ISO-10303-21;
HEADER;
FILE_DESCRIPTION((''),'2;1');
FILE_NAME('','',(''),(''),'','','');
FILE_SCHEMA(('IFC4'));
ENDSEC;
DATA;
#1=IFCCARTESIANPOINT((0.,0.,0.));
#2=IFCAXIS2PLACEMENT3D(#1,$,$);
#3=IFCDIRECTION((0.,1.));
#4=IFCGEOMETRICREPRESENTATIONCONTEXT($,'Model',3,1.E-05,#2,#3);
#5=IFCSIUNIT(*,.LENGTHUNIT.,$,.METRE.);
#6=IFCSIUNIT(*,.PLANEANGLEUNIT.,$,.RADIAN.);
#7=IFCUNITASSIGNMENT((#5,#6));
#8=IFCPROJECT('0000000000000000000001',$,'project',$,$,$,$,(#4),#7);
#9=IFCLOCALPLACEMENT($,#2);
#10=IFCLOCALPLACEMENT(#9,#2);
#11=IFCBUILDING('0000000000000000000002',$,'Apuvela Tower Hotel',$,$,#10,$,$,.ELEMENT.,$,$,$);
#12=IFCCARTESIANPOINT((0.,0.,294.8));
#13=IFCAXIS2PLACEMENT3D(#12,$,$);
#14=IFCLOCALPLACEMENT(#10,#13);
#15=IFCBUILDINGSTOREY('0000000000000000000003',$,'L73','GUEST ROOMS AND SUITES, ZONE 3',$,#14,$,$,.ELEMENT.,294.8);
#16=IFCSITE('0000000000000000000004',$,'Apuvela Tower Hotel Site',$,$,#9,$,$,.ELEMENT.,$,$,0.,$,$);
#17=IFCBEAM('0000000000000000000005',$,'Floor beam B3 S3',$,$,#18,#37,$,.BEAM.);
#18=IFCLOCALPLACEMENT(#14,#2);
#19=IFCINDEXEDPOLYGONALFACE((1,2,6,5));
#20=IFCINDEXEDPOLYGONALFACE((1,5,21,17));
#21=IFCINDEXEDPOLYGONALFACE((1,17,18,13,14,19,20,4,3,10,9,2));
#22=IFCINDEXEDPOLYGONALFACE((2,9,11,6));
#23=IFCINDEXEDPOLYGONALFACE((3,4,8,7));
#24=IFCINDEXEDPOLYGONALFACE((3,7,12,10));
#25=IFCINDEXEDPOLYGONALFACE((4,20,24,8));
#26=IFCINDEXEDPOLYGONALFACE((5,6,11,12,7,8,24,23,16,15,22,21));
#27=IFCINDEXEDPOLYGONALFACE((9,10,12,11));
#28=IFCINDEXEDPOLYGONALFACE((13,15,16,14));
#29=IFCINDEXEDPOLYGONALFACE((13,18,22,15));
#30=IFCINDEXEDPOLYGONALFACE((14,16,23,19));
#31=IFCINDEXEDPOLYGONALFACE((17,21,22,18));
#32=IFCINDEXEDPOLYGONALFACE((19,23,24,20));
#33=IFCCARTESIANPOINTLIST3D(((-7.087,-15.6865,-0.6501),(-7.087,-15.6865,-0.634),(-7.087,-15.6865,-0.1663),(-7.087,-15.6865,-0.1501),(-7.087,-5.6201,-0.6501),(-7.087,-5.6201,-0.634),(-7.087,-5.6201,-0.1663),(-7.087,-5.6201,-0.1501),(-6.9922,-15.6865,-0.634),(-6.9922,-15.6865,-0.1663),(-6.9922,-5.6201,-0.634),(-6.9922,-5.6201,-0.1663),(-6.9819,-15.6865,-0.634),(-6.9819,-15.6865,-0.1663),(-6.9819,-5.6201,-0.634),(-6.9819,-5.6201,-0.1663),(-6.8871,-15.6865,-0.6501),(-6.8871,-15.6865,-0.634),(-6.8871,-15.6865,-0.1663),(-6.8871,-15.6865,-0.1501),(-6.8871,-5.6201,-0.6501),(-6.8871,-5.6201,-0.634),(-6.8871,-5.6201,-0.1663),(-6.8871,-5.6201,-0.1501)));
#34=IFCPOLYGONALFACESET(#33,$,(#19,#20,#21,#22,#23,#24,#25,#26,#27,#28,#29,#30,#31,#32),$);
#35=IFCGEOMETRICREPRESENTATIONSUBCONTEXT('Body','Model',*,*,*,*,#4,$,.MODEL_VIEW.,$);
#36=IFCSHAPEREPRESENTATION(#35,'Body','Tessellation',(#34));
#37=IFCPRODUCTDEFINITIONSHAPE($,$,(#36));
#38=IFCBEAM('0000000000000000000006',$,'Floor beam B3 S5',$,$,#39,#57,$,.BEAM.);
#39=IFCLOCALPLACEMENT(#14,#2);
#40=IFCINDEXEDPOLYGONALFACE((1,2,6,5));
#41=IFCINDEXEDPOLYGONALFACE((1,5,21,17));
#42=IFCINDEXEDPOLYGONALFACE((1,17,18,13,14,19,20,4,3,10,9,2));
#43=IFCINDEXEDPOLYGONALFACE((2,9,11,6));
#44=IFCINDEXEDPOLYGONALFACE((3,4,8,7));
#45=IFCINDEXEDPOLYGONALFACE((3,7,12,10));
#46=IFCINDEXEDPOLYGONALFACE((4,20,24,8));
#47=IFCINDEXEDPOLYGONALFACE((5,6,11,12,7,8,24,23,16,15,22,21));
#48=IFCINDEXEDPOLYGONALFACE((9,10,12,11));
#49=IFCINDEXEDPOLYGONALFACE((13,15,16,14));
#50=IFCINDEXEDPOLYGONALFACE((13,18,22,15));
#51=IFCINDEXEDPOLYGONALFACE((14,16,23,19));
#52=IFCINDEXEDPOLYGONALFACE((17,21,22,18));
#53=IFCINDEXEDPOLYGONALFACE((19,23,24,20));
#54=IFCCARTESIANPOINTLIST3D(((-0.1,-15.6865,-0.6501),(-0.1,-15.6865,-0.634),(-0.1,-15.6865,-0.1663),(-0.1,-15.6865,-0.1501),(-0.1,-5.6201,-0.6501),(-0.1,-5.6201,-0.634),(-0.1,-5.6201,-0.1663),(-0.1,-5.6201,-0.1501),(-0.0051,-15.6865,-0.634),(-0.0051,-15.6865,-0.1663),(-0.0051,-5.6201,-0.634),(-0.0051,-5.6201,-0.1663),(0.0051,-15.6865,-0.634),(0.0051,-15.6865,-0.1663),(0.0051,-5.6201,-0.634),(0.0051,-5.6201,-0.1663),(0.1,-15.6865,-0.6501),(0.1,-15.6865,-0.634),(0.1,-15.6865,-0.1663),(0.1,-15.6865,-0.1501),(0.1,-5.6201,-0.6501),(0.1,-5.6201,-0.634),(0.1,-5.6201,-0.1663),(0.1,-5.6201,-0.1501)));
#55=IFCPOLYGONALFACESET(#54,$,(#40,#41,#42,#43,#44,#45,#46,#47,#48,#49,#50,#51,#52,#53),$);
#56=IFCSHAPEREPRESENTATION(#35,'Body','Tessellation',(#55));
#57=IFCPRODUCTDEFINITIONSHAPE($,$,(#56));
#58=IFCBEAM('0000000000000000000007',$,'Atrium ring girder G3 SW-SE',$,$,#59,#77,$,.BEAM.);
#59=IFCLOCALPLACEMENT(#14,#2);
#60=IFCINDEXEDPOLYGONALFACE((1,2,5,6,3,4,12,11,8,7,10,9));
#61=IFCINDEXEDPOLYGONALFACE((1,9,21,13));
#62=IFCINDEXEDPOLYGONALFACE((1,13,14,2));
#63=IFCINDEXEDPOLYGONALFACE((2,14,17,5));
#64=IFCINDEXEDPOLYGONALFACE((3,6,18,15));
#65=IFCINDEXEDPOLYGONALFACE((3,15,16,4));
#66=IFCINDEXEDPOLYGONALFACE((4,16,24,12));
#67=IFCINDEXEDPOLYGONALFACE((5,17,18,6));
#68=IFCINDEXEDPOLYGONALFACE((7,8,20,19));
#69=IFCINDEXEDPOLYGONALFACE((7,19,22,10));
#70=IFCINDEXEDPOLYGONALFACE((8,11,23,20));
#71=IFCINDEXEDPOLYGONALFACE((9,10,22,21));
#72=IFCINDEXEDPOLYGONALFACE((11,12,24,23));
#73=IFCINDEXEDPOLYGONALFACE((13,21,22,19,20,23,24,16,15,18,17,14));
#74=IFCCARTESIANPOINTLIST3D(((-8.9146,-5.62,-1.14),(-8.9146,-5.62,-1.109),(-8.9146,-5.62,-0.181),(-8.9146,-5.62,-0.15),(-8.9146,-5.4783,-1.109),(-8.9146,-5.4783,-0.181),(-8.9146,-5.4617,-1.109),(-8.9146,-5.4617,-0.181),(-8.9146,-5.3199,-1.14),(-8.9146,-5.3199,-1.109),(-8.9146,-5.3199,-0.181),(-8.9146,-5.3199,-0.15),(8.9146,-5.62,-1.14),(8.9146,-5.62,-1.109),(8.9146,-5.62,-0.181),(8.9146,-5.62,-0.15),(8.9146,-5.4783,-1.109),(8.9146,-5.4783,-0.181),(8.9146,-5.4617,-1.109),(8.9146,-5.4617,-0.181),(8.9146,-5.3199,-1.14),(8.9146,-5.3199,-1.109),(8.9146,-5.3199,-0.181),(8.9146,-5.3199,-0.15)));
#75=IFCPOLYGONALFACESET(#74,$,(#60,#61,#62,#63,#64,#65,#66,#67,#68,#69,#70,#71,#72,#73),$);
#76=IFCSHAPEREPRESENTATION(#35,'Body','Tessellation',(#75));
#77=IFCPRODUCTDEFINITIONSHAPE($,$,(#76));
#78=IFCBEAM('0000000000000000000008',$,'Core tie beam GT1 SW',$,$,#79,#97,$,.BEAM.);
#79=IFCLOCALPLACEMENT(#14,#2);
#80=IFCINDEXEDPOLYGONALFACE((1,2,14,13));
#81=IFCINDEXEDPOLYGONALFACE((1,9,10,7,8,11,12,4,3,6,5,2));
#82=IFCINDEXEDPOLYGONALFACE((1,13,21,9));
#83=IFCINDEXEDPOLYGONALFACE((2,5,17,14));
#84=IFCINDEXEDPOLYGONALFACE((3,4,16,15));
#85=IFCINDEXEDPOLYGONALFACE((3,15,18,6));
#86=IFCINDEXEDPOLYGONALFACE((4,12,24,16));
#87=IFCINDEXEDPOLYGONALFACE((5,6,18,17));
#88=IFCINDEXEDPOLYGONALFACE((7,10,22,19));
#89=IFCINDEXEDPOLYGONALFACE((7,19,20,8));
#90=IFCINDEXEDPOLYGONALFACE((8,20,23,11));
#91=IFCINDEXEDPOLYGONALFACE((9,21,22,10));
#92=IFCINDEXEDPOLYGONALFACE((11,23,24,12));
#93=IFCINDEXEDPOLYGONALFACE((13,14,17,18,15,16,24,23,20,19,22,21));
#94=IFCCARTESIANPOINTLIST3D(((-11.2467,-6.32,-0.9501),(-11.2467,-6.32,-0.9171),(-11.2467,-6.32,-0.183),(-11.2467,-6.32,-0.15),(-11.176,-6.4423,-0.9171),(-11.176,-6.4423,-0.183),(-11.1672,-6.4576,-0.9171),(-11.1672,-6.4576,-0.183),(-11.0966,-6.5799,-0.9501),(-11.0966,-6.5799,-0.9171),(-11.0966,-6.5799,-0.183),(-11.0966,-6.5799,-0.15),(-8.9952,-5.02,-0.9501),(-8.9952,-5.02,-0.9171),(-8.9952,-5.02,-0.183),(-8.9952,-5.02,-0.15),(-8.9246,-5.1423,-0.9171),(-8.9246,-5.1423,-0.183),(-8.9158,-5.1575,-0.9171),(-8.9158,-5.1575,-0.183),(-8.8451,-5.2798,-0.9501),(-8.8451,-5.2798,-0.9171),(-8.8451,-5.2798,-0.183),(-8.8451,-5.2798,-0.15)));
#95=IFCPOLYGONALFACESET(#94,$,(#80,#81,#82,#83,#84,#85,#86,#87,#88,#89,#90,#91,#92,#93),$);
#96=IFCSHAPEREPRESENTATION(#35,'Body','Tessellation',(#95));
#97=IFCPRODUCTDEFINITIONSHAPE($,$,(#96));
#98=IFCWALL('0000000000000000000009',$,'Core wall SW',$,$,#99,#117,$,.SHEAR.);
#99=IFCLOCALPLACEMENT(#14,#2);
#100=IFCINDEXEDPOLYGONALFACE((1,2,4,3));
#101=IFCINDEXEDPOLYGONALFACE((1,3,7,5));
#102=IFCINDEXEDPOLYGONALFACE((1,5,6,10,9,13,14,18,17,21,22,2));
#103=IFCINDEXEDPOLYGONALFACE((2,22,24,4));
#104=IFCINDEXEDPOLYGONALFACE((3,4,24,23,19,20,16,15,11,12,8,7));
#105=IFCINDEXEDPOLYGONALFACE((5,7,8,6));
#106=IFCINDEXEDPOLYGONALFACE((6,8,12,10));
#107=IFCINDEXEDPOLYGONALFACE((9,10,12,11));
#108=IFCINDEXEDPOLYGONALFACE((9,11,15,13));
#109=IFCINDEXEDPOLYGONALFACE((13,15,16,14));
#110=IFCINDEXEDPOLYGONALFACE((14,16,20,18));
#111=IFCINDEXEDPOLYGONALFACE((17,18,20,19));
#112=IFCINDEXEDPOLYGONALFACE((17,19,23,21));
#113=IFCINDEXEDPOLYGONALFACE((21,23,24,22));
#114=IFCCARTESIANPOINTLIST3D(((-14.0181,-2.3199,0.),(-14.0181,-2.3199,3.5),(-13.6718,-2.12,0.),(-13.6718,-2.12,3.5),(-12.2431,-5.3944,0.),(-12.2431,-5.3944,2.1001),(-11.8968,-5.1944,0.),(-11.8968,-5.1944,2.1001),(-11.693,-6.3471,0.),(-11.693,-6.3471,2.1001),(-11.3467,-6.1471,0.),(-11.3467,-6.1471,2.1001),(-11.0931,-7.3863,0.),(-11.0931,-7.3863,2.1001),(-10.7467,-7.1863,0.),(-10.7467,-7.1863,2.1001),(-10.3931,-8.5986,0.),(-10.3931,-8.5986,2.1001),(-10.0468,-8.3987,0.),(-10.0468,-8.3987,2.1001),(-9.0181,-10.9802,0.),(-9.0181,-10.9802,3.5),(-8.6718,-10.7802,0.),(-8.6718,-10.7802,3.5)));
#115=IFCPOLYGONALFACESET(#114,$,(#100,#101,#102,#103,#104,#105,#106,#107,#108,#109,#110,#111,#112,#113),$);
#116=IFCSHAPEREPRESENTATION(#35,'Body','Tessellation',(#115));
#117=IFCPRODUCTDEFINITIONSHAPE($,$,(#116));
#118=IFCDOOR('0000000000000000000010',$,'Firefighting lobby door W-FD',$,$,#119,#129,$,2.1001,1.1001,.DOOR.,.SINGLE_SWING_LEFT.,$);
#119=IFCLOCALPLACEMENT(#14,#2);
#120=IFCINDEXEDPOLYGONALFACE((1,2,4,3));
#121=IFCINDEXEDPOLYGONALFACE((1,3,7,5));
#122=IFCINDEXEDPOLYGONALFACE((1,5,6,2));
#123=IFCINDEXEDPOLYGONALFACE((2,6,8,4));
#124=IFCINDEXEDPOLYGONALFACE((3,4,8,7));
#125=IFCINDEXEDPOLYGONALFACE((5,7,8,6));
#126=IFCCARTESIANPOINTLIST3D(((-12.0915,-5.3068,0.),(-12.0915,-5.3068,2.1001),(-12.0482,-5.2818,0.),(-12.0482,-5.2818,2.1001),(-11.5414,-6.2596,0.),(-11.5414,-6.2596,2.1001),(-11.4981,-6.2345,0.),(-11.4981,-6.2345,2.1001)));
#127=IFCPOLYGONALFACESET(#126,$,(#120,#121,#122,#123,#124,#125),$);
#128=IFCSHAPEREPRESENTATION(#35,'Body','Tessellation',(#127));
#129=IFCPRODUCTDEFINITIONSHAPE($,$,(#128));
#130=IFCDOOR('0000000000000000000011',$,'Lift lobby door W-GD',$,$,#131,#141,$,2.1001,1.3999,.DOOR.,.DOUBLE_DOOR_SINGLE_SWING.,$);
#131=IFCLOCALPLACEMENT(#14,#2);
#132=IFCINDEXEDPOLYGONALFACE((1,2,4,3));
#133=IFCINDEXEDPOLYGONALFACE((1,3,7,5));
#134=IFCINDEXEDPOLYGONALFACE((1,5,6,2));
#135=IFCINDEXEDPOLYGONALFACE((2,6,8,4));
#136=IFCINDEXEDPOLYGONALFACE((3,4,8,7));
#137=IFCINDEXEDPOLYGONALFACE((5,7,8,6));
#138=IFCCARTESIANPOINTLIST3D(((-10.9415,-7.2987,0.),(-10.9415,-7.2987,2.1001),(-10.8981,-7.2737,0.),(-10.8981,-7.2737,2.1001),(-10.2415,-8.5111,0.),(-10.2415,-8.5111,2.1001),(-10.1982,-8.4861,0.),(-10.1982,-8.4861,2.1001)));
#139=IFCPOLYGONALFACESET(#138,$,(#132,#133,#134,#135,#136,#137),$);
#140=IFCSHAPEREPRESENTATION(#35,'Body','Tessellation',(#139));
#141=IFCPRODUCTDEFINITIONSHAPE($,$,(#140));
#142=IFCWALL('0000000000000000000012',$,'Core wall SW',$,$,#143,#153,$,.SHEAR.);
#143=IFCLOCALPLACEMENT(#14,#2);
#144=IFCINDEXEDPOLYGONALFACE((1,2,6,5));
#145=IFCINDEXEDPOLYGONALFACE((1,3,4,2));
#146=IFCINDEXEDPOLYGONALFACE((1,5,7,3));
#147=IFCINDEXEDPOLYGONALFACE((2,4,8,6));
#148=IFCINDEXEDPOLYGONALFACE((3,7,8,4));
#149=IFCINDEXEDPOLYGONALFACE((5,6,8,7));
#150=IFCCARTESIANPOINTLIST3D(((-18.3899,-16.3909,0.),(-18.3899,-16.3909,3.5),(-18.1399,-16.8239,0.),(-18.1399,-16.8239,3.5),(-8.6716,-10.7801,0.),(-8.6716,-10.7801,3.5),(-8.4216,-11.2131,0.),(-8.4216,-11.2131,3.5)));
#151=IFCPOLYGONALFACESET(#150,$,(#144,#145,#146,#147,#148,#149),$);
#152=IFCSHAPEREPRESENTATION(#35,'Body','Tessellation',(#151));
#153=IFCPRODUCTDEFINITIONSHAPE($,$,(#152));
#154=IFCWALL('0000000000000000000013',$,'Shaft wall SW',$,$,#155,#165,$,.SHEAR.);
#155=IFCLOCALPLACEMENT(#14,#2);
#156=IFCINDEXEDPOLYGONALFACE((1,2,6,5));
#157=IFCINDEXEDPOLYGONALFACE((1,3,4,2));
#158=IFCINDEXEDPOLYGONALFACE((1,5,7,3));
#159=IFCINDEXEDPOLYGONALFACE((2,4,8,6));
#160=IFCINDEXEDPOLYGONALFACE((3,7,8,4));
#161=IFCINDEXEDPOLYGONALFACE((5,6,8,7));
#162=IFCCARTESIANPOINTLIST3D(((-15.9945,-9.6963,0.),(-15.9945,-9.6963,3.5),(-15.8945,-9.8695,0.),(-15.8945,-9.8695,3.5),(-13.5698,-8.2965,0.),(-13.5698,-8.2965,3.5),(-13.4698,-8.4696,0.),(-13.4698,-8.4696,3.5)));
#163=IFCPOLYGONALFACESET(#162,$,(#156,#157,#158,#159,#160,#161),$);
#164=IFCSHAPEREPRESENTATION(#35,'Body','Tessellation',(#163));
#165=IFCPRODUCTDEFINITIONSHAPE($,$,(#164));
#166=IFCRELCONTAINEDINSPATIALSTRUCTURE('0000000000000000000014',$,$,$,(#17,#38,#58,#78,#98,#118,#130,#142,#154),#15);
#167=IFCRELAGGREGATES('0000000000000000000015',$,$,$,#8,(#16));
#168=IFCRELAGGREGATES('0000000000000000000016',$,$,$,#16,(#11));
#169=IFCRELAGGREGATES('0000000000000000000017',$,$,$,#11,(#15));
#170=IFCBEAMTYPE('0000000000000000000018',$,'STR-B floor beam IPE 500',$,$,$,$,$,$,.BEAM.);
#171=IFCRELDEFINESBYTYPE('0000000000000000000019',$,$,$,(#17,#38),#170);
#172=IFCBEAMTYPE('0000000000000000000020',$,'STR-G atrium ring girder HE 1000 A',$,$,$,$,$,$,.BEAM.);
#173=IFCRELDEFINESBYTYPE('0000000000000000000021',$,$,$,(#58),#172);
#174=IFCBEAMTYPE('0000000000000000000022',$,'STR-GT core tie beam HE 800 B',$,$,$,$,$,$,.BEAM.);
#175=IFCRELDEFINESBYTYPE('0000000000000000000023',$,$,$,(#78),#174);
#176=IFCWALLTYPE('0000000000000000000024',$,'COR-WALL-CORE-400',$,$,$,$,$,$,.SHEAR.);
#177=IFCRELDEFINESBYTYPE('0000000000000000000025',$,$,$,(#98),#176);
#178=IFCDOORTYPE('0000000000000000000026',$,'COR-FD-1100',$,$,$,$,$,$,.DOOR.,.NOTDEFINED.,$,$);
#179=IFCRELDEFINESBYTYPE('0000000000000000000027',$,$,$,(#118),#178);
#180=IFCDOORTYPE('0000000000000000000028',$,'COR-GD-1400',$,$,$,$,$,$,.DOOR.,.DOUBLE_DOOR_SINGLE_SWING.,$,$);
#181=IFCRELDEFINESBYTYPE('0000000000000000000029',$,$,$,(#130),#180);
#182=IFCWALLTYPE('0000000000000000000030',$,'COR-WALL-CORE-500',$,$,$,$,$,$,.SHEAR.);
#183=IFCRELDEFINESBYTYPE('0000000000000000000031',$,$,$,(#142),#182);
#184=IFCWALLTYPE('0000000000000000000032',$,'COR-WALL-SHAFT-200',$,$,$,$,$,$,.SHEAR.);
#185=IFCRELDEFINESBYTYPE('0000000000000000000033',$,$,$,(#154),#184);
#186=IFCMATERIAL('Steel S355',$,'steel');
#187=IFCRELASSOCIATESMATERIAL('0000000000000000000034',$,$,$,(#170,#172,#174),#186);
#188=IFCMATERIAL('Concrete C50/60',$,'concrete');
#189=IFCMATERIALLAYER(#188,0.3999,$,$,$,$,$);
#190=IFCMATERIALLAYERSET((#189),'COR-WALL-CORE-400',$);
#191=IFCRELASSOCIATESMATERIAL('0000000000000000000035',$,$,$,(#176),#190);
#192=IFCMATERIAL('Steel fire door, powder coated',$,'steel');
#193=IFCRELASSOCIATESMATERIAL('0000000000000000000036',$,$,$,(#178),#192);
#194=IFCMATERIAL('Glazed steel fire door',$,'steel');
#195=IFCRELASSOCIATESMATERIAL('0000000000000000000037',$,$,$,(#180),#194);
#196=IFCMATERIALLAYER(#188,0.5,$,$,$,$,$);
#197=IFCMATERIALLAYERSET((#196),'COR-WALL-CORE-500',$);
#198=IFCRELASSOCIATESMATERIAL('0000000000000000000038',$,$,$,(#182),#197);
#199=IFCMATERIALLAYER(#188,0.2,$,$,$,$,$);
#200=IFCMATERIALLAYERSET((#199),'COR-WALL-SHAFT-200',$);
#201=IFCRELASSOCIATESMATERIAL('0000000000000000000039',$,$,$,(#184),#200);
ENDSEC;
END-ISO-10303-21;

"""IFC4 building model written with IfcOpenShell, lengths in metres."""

from ifc_helpers import new_model, si_unit, direction, frame, frame_2d, origin, origin_2d, place, context, subcontext, project, spatial, rectangle, i_section, extrude, material, layer, layer_set, material_profile, profile_set, type_object, element, fill, save


model = new_model("IFC4")

# Units and contexts
model_context = context("Model", 3, precision=1e-05, world=origin(), true_north=direction((0.0, 1.0)))
body_context = subcontext(model_context, "Body", "Model", "MODEL_VIEW")
ifc_project = project(units=[si_unit("LENGTHUNIT", "METRE"), si_unit("PLANEANGLEUNIT", "RADIAN")], contexts=[model_context])

# Site, building, storey
site_placement = place(None, origin())
site = spatial("IfcSite", under=ifc_project, at=site_placement, Name="Apuvela Tower Hotel Site", CompositionType="ELEMENT", RefElevation=0.0)
building_placement = place(site_placement, origin())
building = spatial("IfcBuilding", under=site, at=building_placement, Name="Apuvela Tower Hotel", CompositionType="ELEMENT")
storey_placement = place(building_placement, frame((0.0, 0.0, 294.8)))
storey = spatial("IfcBuildingStorey", under=building, at=storey_placement, Name="L73", Description="GUEST ROOMS AND SUITES, ZONE 3", CompositionType="ELEMENT", Elevation=294.8)

# Beams
ifc_material_1 = material(Name="Steel S355", Category="steel")
ifc_material_profile_1 = material_profile(ifc_material_1, i_section(OverallWidth=0.2, OverallDepth=0.5, WebThickness=0.0103, FlangeThickness=0.0161, at=origin_2d()), Name="IPE 500")
ifc_profile_set_1 = profile_set([ifc_material_profile_1], Name="Steel S355")
beam_type_1 = type_object("IfcBeamType", Name="STR-B floor beam IPE 500", PredefinedType="BEAM", material=ifc_profile_set_1)
for number, where, z_axis, x_axis, name in (
    (1, (-6.9871, -15.6865, -0.4001), (0.0, 1.0, 0.0), (-1.0, 0.0, 0.0), "Floor beam B3 S3"),
    (2, (0.0, -15.6865, -0.4001), (0.0, 1.0, 0.0), (-1.0, 0.0, 0.0), "Floor beam B3 S5"),
):
    element("IfcBeam", number, at=place(storey_placement, frame(where, z_axis=z_axis, x_axis=x_axis)), inside=storey, type_object=beam_type_1, Name=name, PredefinedType="BEAM", context=body_context, shape_type="SweptSolid", body=[
        extrude(i_section(OverallWidth=0.2, OverallDepth=0.5, WebThickness=0.0103, FlangeThickness=0.0161, at=origin_2d()), origin(), (0.0, 0.0, 1.0), 10.0664),
    ])
ifc_material_profile_2 = material_profile(ifc_material_1, i_section(OverallWidth=0.3, OverallDepth=0.99, WebThickness=0.0166, FlangeThickness=0.031, at=origin_2d()), Name="HE 1000 A")
ifc_profile_set_2 = profile_set([ifc_material_profile_2], Name="Steel S355")
beam_type_2 = type_object("IfcBeamType", Name="STR-G atrium ring girder HE 1000 A", PredefinedType="BEAM", material=ifc_profile_set_2)
beam_1_placement = place(storey_placement, frame((-8.9146, -5.47, -0.645), z_axis=(1.0, 0.0, 0.0), x_axis=(0.0, 1.0, 0.0)))
element("IfcBeam", 3, at=beam_1_placement, inside=storey, type_object=beam_type_2, Name="Atrium ring girder G3 SW-SE", PredefinedType="BEAM", context=body_context, shape_type="SweptSolid", body=[
    extrude(i_section(OverallWidth=0.3, OverallDepth=0.99, WebThickness=0.0166, FlangeThickness=0.031, at=origin_2d()), origin(), (0.0, 0.0, 1.0), 17.8291),
])
ifc_material_profile_3 = material_profile(ifc_material_1, i_section(OverallWidth=0.3, OverallDepth=0.8, WebThickness=0.0176, FlangeThickness=0.033, at=origin_2d()), Name="HE 800 B")
ifc_profile_set_3 = profile_set([ifc_material_profile_3], Name="Steel S355")
beam_type_3 = type_object("IfcBeamType", Name="STR-GT core tie beam HE 800 B", PredefinedType="BEAM", material=ifc_profile_set_3)
beam_2_placement = place(storey_placement, frame((-11.1716, -6.45, -0.55), z_axis=(0.865998, 0.500048, 0.0), x_axis=(-0.500048, 0.865998, 0.0)))
element("IfcBeam", 4, at=beam_2_placement, inside=storey, type_object=beam_type_3, Name="Core tie beam GT1 SW", PredefinedType="BEAM", context=body_context, shape_type="SweptSolid", body=[
    extrude(i_section(OverallWidth=0.3, OverallDepth=0.8, WebThickness=0.0176, FlangeThickness=0.033, at=origin_2d()), origin(), (0.0, 0.0, 1.0), 2.5999),
])

# Wall, openings, doors
ifc_material_2 = material(Name="Concrete C50/60", Category="concrete")
ifc_layer_1 = layer(ifc_material_2, 0.3999)
ifc_layer_set_1 = layer_set([ifc_layer_1], Name="COR-WALL-CORE-400")
wall_type_1 = type_object("IfcWallType", Name="COR-WALL-CORE-400", PredefinedType="SHEAR", material=ifc_layer_set_1)
wall_1_placement = place(storey_placement, frame((-13.845, -2.22, 0.0), z_axis=(0.0, 0.0, 1.0), x_axis=(0.500004, -0.866023, 0.0)))
wall_1 = element("IfcWall", 5, at=wall_1_placement, inside=storey, type_object=wall_type_1, Name="Core wall SW", PredefinedType="SHEAR", context=body_context, shape_type="SweptSolid", body=[
    extrude(rectangle(XDim=10.0, YDim=0.3999, at=frame_2d((5.0, 0.0))), origin(), (0.0, 0.0, 1.0), 3.5),
])
opening_1_placement = place(wall_1_placement, frame((3.55, 0.0, 0.0)))
opening_1 = element("IfcOpeningElement", 6, at=opening_1_placement, cuts=wall_1, PredefinedType="OPENING", context=body_context, shape_type="SweptSolid", body=[
    extrude(rectangle(XDim=1.1001, YDim=2.1001, at=frame_2d((0.55, 1.05))), frame((0.0, 0.21, 0.0), z_axis=(0.0, -1.0, 0.0), x_axis=(1.0, 0.0, 0.0)), (0.0, 0.0, 1.0), 0.4199),
])
opening_2_placement = place(wall_1_placement, frame((5.8501, 0.0, 0.0)))
opening_2 = element("IfcOpeningElement", 7, at=opening_2_placement, cuts=wall_1, PredefinedType="OPENING", context=body_context, shape_type="SweptSolid", body=[
    extrude(rectangle(XDim=1.3999, YDim=2.1001, at=frame_2d((0.7, 1.05))), frame((0.0, 0.21, 0.0), z_axis=(0.0, -1.0, 0.0), x_axis=(1.0, 0.0, 0.0)), (0.0, 0.0, 1.0), 0.4199),
])
ifc_material_3 = material(Name="Steel fire door, powder coated", Category="steel")
door_type_1 = type_object("IfcDoorType", Name="COR-FD-1100", OperationType="NOTDEFINED", PredefinedType="DOOR", material=ifc_material_3)
door_1_placement = place(opening_1_placement, frame((1.1001, 0.0, 0.0), z_axis=(0.0, 0.0, 1.0), x_axis=(-1.0, 0.0, 0.0)))
door_1 = element("IfcDoor", 8, at=door_1_placement, inside=storey, type_object=door_type_1, Name="Firefighting lobby door W-FD", OperationType="SINGLE_SWING_LEFT", OverallHeight=2.1001, OverallWidth=1.1001, PredefinedType="DOOR", context=body_context, shape_type="SweptSolid", body=[
    extrude(rectangle(XDim=1.1001, YDim=2.1001, at=frame_2d((0.55, 1.05))), frame((0.0, 0.0249, 0.0), z_axis=(0.0, -1.0, 0.0), x_axis=(1.0, 0.0, 0.0)), (0.0, 0.0, 1.0), 0.05),
])
fill(opening_1, door_1)
ifc_material_4 = material(Name="Glazed steel fire door", Category="steel")
door_type_2 = type_object("IfcDoorType", Name="COR-GD-1400", OperationType="DOUBLE_DOOR_SINGLE_SWING", PredefinedType="DOOR", material=ifc_material_4)
door_2_placement = place(opening_2_placement, frame((1.3999, 0.0, 0.0), z_axis=(0.0, 0.0, 1.0), x_axis=(-1.0, 0.0, 0.0)))
door_2 = element("IfcDoor", 9, at=door_2_placement, inside=storey, type_object=door_type_2, Name="Lift lobby door W-GD", OperationType="DOUBLE_DOOR_SINGLE_SWING", OverallHeight=2.1001, OverallWidth=1.3999, PredefinedType="DOOR", context=body_context, shape_type="SweptSolid", body=[
    extrude(rectangle(XDim=1.3999, YDim=2.1001, at=frame_2d((0.7, 1.05))), frame((0.0, 0.0249, 0.0), z_axis=(0.0, -1.0, 0.0), x_axis=(1.0, 0.0, 0.0)), (0.0, 0.0, 1.0), 0.05),
])
fill(opening_2, door_2)

# Walls
ifc_layer_2 = layer(ifc_material_2, 0.5)
ifc_layer_set_2 = layer_set([ifc_layer_2], Name="COR-WALL-CORE-500")
wall_type_2 = type_object("IfcWallType", Name="COR-WALL-CORE-500", PredefinedType="SHEAR", material=ifc_layer_set_2)
wall_2_placement = place(storey_placement, frame((-8.5466, -10.9966, 0.0), z_axis=(0.0, 0.0, 1.0), x_axis=(-0.866025, -0.5, 0.0)))
element("IfcWall", 10, at=wall_2_placement, inside=storey, type_object=wall_type_2, Name="Core wall SW", PredefinedType="SHEAR", context=body_context, shape_type="SweptSolid", body=[
    extrude(rectangle(XDim=11.2217, YDim=0.5, at=frame_2d((5.6108, 0.0))), origin(), (0.0, 0.0, 1.0), 3.5),
])
ifc_layer_3 = layer(ifc_material_2, 0.2)
ifc_layer_set_3 = layer_set([ifc_layer_3], Name="COR-WALL-SHAFT-200")
wall_type_3 = type_object("IfcWallType", Name="COR-WALL-SHAFT-200", PredefinedType="SHEAR", material=ifc_layer_set_3)
wall_3_placement = place(storey_placement, frame((-13.5198, -8.3831, 0.0), z_axis=(0.0, 0.0, 1.0), x_axis=(-0.866035, -0.499984, 0.0)))
element("IfcWall", 11, at=wall_3_placement, inside=storey, type_object=wall_type_3, Name="Shaft wall SW", PredefinedType="SHEAR", context=body_context, shape_type="SweptSolid", body=[
    extrude(rectangle(XDim=2.7998, YDim=0.2, at=frame_2d((1.3999, 0.0))), origin(), (0.0, 0.0, 1.0), 3.5),
])

save(model, "model.ifc")
